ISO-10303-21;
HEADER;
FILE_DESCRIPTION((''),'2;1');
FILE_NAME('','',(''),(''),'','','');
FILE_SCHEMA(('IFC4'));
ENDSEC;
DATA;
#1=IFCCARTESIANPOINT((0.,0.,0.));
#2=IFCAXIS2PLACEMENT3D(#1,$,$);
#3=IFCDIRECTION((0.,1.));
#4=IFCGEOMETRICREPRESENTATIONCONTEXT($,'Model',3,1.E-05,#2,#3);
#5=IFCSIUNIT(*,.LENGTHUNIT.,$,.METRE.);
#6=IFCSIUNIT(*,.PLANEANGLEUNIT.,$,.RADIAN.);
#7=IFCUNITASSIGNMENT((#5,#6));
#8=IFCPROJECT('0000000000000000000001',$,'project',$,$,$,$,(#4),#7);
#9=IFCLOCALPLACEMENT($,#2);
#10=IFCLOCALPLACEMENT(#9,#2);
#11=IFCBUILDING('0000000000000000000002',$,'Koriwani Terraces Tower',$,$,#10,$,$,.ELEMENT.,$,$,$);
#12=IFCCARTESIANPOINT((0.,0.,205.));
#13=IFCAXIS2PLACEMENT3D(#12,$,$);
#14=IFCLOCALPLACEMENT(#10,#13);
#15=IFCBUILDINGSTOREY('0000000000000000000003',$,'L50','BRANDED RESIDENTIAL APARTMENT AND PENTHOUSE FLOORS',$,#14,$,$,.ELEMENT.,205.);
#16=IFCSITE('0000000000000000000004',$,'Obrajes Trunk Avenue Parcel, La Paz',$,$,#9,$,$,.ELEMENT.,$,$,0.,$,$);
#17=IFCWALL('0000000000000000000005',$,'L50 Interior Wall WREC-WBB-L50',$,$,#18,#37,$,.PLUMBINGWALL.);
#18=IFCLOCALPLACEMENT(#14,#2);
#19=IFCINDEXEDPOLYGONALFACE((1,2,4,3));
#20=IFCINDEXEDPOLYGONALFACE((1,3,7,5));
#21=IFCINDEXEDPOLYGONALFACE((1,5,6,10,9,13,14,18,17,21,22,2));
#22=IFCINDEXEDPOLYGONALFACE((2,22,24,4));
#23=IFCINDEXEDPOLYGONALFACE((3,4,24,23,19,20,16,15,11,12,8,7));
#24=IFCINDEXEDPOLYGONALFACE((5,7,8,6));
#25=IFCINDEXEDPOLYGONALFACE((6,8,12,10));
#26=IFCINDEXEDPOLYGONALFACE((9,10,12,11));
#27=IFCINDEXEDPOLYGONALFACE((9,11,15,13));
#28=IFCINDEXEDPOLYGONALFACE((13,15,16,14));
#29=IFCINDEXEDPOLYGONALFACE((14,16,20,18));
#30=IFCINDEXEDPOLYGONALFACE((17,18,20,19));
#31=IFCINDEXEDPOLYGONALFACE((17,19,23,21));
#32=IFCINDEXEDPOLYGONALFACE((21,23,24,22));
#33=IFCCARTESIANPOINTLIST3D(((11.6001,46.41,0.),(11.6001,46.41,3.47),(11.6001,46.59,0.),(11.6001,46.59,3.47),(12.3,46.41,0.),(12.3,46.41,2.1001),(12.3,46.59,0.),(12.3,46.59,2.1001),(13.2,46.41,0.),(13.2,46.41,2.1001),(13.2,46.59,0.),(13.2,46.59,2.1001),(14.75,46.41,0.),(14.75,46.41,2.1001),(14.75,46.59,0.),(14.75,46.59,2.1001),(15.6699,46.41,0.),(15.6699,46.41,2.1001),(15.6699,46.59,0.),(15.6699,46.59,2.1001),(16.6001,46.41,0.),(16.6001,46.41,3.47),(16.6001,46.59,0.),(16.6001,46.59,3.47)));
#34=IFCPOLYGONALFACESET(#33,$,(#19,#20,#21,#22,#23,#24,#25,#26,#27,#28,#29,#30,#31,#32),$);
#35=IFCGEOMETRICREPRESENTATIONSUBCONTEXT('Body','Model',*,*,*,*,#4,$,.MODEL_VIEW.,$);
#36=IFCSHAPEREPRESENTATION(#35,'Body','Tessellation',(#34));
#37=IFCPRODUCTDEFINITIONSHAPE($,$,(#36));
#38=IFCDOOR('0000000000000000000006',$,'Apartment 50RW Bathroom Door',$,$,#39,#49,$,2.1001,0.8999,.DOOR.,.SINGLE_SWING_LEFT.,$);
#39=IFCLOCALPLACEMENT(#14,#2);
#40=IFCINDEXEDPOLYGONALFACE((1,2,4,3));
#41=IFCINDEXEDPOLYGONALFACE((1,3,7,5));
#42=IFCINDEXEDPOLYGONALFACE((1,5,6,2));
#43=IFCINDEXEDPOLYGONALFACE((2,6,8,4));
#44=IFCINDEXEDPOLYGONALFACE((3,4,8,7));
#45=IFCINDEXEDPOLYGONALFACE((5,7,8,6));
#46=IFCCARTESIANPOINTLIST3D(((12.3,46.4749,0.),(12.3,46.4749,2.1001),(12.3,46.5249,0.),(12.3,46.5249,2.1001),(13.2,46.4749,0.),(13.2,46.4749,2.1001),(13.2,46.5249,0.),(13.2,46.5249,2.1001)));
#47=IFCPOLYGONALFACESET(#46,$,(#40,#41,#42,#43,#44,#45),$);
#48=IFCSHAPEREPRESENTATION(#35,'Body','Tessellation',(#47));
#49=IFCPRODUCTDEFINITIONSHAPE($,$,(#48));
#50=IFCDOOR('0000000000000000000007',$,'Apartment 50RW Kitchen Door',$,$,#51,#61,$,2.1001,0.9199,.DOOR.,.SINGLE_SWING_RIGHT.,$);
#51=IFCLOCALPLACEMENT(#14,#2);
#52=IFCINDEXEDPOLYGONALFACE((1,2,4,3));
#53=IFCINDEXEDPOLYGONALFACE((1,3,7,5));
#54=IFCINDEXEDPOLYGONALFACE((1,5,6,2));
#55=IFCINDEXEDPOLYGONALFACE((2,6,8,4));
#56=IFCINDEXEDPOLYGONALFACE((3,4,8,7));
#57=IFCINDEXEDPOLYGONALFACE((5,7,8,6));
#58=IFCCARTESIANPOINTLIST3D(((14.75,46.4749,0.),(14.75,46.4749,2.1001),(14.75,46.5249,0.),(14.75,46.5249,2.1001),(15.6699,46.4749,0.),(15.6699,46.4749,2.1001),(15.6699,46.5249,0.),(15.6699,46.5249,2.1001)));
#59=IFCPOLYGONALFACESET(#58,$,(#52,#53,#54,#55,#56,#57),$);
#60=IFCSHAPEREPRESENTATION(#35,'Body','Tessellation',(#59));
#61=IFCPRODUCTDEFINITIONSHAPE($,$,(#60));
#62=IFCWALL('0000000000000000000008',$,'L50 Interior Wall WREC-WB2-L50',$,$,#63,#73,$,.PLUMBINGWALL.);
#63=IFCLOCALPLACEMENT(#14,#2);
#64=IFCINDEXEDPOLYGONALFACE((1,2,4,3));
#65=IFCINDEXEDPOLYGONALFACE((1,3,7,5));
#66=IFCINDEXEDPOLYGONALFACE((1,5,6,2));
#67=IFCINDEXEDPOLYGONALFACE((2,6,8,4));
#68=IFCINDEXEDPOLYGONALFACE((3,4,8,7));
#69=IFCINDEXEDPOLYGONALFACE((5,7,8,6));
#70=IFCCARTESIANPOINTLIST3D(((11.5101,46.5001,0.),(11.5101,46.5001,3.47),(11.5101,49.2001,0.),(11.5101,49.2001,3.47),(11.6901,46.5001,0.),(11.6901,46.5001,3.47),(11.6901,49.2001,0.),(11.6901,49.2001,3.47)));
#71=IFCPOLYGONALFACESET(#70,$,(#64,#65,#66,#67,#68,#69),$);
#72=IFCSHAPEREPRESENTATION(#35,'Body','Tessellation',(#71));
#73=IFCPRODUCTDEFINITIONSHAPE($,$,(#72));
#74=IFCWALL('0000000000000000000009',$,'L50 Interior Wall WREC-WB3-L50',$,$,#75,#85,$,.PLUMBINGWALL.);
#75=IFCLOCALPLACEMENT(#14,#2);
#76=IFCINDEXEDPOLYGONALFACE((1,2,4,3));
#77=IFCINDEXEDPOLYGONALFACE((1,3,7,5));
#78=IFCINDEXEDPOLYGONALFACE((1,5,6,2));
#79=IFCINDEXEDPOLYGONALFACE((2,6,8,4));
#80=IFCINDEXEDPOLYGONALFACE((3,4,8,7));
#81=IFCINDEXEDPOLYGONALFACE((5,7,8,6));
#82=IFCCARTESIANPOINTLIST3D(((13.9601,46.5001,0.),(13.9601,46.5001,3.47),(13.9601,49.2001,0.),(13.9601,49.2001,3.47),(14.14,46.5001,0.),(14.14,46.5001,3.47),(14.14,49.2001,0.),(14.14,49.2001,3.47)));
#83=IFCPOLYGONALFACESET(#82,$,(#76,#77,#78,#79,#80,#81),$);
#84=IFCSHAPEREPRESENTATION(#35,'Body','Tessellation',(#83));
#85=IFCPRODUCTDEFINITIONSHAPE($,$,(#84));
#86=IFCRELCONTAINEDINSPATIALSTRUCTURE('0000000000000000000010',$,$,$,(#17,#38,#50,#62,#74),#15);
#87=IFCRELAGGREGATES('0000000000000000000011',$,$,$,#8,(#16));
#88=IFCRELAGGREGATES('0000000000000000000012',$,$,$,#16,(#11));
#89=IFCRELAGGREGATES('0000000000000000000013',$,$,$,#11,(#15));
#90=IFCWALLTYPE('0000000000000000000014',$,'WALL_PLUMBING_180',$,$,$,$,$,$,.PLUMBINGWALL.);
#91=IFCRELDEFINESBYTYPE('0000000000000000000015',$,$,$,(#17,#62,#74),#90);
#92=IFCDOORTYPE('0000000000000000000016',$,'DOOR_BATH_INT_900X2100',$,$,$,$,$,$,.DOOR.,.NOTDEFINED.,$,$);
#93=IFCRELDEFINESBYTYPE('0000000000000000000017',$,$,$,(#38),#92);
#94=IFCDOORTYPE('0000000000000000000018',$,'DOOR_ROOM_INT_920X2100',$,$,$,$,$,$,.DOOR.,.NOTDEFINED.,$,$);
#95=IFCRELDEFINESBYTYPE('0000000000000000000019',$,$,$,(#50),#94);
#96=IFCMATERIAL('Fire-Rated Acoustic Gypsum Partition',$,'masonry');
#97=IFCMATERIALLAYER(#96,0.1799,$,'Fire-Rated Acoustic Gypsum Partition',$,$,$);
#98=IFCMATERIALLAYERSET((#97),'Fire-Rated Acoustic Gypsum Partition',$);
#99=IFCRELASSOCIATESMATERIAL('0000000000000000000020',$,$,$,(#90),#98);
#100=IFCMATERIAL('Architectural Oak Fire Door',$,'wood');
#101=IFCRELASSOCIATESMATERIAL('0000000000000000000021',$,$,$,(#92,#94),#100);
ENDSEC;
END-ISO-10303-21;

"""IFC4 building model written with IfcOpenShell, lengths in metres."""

from ifc_helpers import new_model, si_unit, direction, frame, frame_2d, origin, place, context, subcontext, project, spatial, rectangle, extrude, material, layer, layer_set, type_object, element, fill, save


model = new_model("IFC4")

# Units and contexts
model_context = context("Model", 3, precision=1e-05, world=origin(), true_north=direction((0.0, 1.0)))
body_context = subcontext(model_context, "Body", "Model", "MODEL_VIEW")
ifc_project = project(units=[si_unit("LENGTHUNIT", "METRE"), si_unit("PLANEANGLEUNIT", "RADIAN")], contexts=[model_context])

# Site, building, storey
site_placement = place(None, origin())
site = spatial("IfcSite", under=ifc_project, at=site_placement, Name="Obrajes Trunk Avenue Parcel, La Paz", CompositionType="ELEMENT", RefElevation=0.0)
building_placement = place(site_placement, origin())
building = spatial("IfcBuilding", under=site, at=building_placement, Name="Koriwani Terraces Tower", CompositionType="ELEMENT")
storey_placement = place(building_placement, frame((0.0, 0.0, 205.0)))
storey = spatial("IfcBuildingStorey", under=building, at=storey_placement, Name="L50", Description="BRANDED RESIDENTIAL APARTMENT AND PENTHOUSE FLOORS", CompositionType="ELEMENT", Elevation=205.0)

# Shared definitions
ifc_material_1 = material(Name="Architectural Oak Fire Door", Category="wood")

# Wall, openings, doors
ifc_material_2 = material(Name="Fire-Rated Acoustic Gypsum Partition", Category="masonry")
ifc_layer_1 = layer(ifc_material_2, 0.1799, Name="Fire-Rated Acoustic Gypsum Partition")
ifc_layer_set_1 = layer_set([ifc_layer_1], Name="Fire-Rated Acoustic Gypsum Partition")
wall_type_1 = type_object("IfcWallType", Name="WALL_PLUMBING_180", PredefinedType="PLUMBINGWALL", material=ifc_layer_set_1)
wall_1_placement = place(storey_placement, frame((11.6001, 46.5, 0.0), z_axis=(0.0, 0.0, 1.0), x_axis=(1.0, 0.0, 0.0)))
wall_1 = element("IfcWall", 1, at=wall_1_placement, inside=storey, type_object=wall_type_1, Name="L50 Interior Wall WREC-WBB-L50", PredefinedType="PLUMBINGWALL", context=body_context, shape_type="SweptSolid", body=[
    extrude(rectangle(XDim=5.0, YDim=0.1799, at=frame_2d((2.5, 0.0))), origin(), (0.0, 0.0, 1.0), 3.47),
])
opening_1_placement = place(wall_1_placement, frame((0.7, 0.0, 0.0)))
opening_1 = element("IfcOpeningElement", 2, at=opening_1_placement, cuts=wall_1, PredefinedType="OPENING", context=body_context, shape_type="SweptSolid", body=[
    extrude(rectangle(XDim=0.8999, YDim=2.1001, at=frame_2d((0.45, 1.05))), frame((0.0, 0.1001, 0.0), z_axis=(0.0, -1.0, 0.0), x_axis=(1.0, 0.0, 0.0)), (0.0, 0.0, 1.0), 0.2),
])
opening_2_placement = place(wall_1_placement, frame((3.1499, 0.0, 0.0)))
opening_2 = element("IfcOpeningElement", 3, at=opening_2_placement, cuts=wall_1, PredefinedType="OPENING", context=body_context, shape_type="SweptSolid", body=[
    extrude(rectangle(XDim=0.9199, YDim=2.1001, at=frame_2d((0.46, 1.05))), frame((0.0, 0.1001, 0.0), z_axis=(0.0, -1.0, 0.0), x_axis=(1.0, 0.0, 0.0)), (0.0, 0.0, 1.0), 0.2),
])
door_type_1 = type_object("IfcDoorType", Name="DOOR_BATH_INT_900X2100", OperationType="NOTDEFINED", PredefinedType="DOOR", material=ifc_material_1)
door_1_placement = place(opening_1_placement, origin())
door_1 = element("IfcDoor", 4, at=door_1_placement, inside=storey, type_object=door_type_1, Name="Apartment 50RW Bathroom Door", OperationType="SINGLE_SWING_LEFT", OverallHeight=2.1001, OverallWidth=0.8999, PredefinedType="DOOR", context=body_context, shape_type="SweptSolid", body=[
    extrude(rectangle(XDim=0.8999, YDim=2.1001, at=frame_2d((0.45, 1.05))), frame((0.0, 0.0249, 0.0), z_axis=(0.0, -1.0, 0.0), x_axis=(1.0, 0.0, 0.0)), (0.0, 0.0, 1.0), 0.05),
])
fill(opening_1, door_1)
door_type_2 = type_object("IfcDoorType", Name="DOOR_ROOM_INT_920X2100", OperationType="NOTDEFINED", PredefinedType="DOOR", material=ifc_material_1)
door_2_placement = place(opening_2_placement, origin())
door_2 = element("IfcDoor", 5, at=door_2_placement, inside=storey, type_object=door_type_2, Name="Apartment 50RW Kitchen Door", OperationType="SINGLE_SWING_RIGHT", OverallHeight=2.1001, OverallWidth=0.9199, PredefinedType="DOOR", context=body_context, shape_type="SweptSolid", body=[
    extrude(rectangle(XDim=0.9199, YDim=2.1001, at=frame_2d((0.46, 1.05))), frame((0.0, 0.0249, 0.0), z_axis=(0.0, -1.0, 0.0), x_axis=(1.0, 0.0, 0.0)), (0.0, 0.0, 1.0), 0.05),
])
fill(opening_2, door_2)

# Walls
for number, where, z_axis, x_axis, name in (
    (6, (11.6001, 46.5, 0.0), (0.0, 0.0, 1.0), (0.0, 1.0, 0.0), "L50 Interior Wall WREC-WB2-L50"),
    (7, (14.05, 46.5, 0.0), (0.0, 0.0, 1.0), (0.0, 1.0, 0.0), "L50 Interior Wall WREC-WB3-L50"),
):
    element("IfcWall", number, at=place(storey_placement, frame(where, z_axis=z_axis, x_axis=x_axis)), inside=storey, type_object=wall_type_1, Name=name, PredefinedType="PLUMBINGWALL", context=body_context, shape_type="SweptSolid", body=[
        extrude(rectangle(XDim=2.7, YDim=0.1799, at=frame_2d((1.3501, 0.0))), origin(), (0.0, 0.0, 1.0), 3.47),
    ])

save(model, "model.ifc")
